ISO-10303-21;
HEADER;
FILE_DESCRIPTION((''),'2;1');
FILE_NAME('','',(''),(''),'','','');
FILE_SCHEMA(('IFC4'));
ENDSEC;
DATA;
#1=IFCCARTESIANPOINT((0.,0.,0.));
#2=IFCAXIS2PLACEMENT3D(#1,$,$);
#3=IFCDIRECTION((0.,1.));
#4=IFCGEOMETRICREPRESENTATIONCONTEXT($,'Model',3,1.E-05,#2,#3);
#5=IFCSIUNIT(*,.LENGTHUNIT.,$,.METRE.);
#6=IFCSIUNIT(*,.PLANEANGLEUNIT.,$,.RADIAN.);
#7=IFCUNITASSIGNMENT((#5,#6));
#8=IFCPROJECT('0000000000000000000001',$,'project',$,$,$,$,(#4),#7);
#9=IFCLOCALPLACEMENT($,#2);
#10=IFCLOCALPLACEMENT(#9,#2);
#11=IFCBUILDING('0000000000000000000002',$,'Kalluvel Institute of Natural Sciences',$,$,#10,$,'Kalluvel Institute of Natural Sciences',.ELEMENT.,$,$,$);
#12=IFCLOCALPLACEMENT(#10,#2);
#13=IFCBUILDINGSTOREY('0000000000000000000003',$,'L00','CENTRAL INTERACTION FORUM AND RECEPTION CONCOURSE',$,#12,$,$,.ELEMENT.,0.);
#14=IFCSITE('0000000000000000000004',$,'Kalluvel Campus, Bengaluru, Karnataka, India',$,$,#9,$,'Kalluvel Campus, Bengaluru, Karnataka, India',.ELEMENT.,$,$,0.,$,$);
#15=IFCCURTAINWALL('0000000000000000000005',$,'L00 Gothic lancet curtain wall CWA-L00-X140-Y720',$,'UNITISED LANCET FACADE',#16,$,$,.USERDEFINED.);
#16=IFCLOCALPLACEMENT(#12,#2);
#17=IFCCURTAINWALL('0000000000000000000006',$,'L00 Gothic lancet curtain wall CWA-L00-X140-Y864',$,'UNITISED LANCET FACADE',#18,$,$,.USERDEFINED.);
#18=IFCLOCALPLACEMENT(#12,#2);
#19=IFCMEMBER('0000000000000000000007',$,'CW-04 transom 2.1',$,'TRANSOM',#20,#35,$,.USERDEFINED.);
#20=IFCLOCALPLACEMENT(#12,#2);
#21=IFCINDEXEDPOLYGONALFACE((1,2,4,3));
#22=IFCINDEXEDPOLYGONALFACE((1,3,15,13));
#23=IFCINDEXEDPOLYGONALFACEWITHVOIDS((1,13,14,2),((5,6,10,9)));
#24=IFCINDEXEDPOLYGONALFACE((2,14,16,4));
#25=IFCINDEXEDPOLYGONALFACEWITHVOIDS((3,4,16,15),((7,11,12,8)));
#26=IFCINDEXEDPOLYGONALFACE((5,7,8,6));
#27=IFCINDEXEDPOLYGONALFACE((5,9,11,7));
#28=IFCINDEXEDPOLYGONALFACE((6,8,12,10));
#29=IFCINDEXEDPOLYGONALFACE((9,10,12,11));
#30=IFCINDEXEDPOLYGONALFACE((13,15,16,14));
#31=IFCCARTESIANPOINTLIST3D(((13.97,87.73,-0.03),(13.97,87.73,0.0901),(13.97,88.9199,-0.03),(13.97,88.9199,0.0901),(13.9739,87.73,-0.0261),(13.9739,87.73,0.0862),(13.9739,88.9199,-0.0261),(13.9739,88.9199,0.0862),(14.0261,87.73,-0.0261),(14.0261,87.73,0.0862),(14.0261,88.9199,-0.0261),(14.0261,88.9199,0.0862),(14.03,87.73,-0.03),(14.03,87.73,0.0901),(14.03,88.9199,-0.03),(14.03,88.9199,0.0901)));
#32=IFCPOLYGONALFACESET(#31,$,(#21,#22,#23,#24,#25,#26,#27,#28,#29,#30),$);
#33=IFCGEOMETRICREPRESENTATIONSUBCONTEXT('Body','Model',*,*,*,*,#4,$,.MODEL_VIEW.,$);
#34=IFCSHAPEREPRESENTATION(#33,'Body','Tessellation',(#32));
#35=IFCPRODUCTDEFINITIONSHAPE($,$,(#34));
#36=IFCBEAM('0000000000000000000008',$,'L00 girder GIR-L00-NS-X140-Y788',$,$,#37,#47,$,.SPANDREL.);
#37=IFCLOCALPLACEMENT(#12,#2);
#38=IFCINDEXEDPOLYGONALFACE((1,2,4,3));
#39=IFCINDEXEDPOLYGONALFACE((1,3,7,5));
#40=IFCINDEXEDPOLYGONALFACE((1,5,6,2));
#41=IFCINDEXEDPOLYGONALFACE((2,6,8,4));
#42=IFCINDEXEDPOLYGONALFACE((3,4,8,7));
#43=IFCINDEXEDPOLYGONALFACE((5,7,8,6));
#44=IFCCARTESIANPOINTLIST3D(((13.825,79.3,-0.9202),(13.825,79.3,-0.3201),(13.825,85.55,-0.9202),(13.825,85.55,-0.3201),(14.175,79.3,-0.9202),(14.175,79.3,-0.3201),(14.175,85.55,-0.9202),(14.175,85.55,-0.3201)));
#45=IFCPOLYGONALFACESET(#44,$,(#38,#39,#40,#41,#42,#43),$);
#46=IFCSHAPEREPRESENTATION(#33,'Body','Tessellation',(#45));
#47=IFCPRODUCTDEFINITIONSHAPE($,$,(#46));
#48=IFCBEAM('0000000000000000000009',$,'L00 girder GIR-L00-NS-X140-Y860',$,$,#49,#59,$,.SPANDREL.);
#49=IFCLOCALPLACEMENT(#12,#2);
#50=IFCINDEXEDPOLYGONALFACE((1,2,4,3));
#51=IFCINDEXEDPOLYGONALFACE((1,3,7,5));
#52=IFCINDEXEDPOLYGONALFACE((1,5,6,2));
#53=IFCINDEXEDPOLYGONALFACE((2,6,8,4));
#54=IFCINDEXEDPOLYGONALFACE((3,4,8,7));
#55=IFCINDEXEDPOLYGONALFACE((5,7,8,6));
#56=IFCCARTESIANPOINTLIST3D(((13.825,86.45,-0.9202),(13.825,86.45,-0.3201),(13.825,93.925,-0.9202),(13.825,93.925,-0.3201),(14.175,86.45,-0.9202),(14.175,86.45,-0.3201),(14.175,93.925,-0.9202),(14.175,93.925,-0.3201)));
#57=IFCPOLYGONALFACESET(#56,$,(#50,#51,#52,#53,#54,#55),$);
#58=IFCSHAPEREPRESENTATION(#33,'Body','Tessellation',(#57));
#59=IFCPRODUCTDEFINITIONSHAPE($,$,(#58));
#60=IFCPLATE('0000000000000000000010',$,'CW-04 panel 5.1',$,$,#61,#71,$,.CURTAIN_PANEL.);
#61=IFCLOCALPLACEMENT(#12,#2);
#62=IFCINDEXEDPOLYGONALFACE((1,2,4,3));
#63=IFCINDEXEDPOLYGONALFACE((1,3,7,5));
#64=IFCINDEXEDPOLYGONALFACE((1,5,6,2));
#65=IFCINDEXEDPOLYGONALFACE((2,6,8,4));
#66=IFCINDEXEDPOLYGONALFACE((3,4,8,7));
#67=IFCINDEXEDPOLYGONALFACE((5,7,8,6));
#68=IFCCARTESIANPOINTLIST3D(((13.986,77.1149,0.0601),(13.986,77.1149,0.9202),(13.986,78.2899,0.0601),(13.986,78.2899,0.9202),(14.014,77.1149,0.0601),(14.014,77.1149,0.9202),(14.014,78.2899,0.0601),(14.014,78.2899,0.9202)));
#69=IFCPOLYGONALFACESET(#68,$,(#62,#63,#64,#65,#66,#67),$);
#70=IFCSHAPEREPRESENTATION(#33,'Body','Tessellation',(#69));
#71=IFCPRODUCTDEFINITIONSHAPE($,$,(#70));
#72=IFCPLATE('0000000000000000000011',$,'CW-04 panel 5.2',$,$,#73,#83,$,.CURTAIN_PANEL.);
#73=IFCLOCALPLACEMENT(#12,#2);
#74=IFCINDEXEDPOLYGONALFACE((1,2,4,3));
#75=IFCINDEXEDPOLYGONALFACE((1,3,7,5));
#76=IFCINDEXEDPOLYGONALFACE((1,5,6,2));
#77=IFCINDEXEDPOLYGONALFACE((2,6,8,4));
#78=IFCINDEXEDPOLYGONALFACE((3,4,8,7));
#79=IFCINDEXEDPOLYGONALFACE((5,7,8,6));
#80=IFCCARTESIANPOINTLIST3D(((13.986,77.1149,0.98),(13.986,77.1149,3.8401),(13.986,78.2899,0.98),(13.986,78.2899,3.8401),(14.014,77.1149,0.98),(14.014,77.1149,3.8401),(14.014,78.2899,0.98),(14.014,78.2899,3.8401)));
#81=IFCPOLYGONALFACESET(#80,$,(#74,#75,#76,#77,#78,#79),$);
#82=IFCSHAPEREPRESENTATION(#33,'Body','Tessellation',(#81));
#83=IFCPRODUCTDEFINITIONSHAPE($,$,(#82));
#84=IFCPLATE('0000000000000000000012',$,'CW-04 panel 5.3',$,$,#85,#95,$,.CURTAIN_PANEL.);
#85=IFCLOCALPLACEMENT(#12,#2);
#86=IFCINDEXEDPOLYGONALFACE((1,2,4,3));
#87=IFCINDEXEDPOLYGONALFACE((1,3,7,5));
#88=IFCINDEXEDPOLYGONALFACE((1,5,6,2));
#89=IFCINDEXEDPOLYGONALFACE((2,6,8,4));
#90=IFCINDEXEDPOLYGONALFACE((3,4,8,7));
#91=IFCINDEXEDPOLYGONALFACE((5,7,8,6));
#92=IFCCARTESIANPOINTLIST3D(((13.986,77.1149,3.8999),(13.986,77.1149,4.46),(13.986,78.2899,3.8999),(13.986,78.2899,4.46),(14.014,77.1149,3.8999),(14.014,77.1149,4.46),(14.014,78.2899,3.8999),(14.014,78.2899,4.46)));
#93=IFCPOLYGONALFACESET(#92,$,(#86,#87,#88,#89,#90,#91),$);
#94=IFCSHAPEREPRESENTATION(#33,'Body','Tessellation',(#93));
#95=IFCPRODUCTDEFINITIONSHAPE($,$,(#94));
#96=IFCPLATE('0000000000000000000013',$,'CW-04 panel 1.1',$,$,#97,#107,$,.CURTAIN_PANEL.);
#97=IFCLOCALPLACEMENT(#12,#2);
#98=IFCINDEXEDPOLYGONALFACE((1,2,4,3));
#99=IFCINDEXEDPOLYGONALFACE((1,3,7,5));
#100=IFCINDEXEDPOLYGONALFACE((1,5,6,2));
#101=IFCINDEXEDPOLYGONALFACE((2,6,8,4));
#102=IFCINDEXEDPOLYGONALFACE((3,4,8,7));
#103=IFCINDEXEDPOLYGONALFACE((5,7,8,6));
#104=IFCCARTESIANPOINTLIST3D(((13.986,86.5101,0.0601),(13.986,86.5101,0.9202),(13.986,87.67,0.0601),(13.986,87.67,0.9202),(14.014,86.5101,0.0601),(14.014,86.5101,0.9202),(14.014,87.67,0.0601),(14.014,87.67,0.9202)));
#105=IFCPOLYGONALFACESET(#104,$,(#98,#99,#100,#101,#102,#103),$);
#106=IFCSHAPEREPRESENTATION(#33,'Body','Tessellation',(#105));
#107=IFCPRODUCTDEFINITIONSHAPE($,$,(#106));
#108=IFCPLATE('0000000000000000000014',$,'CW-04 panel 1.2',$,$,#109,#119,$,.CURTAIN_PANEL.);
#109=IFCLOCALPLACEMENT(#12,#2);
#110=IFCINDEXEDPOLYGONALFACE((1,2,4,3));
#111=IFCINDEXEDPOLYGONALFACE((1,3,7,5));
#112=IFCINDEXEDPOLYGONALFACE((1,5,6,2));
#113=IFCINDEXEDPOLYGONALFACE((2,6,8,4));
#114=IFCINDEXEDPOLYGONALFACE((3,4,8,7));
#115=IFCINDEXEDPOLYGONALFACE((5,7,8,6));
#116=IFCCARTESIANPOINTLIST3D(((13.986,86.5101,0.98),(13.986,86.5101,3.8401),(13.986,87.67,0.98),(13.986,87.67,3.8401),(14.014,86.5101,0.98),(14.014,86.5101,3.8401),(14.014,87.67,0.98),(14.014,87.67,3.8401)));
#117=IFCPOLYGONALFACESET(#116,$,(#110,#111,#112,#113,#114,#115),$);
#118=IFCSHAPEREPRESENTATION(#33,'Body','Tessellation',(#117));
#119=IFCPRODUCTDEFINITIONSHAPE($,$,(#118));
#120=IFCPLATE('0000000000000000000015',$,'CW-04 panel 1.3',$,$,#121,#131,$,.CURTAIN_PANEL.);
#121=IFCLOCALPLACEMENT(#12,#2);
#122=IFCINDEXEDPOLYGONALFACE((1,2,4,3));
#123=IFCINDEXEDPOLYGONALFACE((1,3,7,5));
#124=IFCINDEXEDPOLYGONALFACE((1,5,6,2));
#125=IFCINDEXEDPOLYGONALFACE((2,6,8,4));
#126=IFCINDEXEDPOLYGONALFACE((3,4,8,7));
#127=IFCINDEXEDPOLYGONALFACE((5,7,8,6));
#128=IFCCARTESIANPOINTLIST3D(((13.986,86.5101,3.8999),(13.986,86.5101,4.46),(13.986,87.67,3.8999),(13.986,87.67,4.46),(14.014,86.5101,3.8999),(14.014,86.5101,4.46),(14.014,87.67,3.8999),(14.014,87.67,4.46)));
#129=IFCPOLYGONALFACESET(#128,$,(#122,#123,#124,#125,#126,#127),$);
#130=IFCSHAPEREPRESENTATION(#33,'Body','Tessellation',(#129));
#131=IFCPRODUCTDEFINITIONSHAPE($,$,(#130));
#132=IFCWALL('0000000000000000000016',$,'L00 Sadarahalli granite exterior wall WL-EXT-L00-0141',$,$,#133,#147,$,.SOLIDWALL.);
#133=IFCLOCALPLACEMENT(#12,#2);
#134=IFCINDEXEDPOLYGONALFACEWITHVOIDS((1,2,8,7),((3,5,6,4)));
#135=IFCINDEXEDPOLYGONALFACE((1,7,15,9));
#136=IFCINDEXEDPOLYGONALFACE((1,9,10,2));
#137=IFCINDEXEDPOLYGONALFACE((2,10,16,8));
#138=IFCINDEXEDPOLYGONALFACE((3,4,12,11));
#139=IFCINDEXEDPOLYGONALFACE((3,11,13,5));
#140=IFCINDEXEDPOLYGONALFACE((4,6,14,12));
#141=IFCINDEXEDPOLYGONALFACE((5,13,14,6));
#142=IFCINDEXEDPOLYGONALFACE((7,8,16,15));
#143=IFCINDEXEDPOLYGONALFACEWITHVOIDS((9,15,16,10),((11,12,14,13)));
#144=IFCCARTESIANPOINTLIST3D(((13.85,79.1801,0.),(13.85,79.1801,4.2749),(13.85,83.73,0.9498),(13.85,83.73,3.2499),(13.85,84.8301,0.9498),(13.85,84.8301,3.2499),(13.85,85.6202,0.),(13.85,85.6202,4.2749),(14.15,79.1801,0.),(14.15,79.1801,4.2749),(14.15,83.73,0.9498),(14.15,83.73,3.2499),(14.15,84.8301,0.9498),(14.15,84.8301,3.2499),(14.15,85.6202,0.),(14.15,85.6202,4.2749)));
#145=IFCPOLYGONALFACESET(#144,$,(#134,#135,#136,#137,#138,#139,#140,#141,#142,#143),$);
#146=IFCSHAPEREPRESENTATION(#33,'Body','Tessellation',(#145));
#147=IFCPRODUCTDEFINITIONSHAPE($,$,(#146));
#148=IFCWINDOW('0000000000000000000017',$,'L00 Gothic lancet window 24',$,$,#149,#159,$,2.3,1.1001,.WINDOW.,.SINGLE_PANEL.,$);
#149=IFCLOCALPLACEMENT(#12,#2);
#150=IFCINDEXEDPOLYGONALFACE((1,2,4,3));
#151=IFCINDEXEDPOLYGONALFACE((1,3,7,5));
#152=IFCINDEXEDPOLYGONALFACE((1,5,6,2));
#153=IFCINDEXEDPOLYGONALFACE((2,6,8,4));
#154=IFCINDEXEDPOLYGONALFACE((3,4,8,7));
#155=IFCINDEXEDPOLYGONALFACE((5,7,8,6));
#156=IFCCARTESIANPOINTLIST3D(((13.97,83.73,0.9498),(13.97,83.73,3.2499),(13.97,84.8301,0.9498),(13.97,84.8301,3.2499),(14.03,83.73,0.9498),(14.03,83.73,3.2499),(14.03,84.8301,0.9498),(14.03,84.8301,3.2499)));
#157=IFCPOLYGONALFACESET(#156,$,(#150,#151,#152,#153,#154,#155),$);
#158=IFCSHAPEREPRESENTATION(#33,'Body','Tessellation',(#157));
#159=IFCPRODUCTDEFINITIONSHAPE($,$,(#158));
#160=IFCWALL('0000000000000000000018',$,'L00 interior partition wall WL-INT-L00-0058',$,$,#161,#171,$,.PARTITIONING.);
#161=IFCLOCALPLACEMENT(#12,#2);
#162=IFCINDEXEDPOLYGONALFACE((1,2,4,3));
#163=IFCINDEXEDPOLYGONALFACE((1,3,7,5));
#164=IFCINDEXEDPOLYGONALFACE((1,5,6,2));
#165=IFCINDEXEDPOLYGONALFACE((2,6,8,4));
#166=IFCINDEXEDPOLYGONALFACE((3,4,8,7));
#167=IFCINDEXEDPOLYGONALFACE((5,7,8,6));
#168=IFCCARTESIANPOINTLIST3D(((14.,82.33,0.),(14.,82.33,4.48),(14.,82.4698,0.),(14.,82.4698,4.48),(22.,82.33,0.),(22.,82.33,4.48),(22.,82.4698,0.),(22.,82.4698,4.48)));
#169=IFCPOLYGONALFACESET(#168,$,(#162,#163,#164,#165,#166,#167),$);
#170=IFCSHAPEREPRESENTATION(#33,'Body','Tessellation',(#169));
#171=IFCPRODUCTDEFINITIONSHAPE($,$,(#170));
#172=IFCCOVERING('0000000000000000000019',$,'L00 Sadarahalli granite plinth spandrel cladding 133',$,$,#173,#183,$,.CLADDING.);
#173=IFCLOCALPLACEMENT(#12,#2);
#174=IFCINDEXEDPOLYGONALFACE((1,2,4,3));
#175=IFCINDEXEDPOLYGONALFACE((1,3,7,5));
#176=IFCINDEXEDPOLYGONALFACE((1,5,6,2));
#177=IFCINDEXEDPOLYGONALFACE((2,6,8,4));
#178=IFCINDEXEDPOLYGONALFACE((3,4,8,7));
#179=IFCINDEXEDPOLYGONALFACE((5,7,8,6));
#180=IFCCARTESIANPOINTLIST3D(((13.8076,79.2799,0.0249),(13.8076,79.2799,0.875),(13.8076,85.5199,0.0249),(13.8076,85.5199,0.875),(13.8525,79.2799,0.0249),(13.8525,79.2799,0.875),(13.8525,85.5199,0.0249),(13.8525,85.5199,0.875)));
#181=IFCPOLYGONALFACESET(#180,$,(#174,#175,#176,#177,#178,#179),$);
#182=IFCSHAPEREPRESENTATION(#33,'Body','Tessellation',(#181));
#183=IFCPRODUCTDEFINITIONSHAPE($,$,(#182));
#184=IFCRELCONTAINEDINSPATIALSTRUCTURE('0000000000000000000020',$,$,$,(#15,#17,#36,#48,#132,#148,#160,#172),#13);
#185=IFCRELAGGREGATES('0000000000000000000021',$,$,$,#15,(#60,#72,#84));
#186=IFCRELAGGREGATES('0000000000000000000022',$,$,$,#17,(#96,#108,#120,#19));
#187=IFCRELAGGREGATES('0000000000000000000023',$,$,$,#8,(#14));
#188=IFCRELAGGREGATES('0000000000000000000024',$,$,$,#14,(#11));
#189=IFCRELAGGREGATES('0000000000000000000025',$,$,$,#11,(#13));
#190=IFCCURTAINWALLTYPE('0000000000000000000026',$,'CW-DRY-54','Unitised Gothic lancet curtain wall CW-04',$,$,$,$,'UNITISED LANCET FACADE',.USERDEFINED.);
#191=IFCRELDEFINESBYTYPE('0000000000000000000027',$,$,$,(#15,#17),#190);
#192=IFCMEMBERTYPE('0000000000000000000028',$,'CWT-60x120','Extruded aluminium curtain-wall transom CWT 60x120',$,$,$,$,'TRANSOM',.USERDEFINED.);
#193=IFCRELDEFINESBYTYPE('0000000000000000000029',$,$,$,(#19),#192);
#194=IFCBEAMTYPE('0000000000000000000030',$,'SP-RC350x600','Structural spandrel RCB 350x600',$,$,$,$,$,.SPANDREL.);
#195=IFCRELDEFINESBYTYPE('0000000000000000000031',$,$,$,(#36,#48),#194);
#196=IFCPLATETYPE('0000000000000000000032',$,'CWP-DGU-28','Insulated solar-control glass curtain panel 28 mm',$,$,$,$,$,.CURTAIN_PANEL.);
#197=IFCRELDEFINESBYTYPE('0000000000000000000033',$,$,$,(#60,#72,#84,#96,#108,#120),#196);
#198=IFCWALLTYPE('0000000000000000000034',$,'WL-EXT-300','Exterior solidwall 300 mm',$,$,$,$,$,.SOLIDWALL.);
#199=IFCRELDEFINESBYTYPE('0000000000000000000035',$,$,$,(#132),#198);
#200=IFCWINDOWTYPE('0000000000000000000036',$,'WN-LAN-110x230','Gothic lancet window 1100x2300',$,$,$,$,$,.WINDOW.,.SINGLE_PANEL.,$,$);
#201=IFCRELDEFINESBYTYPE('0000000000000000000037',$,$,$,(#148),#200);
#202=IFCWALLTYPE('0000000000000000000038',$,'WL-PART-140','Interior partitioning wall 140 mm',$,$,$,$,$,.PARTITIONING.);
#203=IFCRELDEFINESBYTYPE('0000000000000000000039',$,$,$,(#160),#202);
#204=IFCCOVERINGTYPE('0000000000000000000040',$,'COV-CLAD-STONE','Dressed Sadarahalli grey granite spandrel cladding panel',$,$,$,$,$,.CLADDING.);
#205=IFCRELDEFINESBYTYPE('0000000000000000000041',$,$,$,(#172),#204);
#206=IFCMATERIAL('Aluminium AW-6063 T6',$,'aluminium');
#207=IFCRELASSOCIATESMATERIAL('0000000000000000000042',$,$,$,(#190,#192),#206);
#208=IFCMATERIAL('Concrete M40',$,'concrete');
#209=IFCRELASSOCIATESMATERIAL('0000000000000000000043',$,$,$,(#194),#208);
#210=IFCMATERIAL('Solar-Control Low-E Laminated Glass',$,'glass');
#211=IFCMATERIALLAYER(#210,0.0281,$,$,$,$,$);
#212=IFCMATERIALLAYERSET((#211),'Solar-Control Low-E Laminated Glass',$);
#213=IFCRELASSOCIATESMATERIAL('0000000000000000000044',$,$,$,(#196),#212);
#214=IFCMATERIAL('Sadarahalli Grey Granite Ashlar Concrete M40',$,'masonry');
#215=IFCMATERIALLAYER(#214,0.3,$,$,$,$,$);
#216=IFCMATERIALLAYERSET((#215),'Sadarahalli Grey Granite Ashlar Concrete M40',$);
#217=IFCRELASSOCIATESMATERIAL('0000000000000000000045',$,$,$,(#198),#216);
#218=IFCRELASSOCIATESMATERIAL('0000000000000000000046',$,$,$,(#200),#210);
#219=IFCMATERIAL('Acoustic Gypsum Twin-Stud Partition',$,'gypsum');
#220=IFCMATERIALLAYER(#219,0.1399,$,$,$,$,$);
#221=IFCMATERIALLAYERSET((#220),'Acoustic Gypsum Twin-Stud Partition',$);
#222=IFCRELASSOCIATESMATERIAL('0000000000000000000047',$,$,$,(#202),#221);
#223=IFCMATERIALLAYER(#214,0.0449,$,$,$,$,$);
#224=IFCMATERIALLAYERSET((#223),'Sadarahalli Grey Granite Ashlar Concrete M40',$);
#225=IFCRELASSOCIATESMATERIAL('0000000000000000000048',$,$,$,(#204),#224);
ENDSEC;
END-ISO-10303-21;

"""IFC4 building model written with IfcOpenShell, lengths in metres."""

from ifc_helpers import new_model, si_unit, direction, frame, frame_2d, origin, origin_2d, place, context, subcontext, project, spatial, rectangle, hollow_rectangle, extrude, material, layer, layer_set, material_profile, profile_set, type_object, element, fill, aggregate, save


model = new_model("IFC4")

# Units and contexts
model_context = context("Model", 3, precision=1e-05, world=origin(), true_north=direction((0.0, 1.0)))
body_context = subcontext(model_context, "Body", "Model", "MODEL_VIEW")
ifc_project = project(units=[si_unit("LENGTHUNIT", "METRE"), si_unit("PLANEANGLEUNIT", "RADIAN")], contexts=[model_context])

# Site, building, storey
site_placement = place(None, origin())
site = spatial("IfcSite", under=ifc_project, at=site_placement, Name="Kalluvel Campus, Bengaluru, Karnataka, India", LongName="Kalluvel Campus, Bengaluru, Karnataka, India", CompositionType="ELEMENT", RefElevation=0.0)
building_placement = place(site_placement, origin())
building = spatial("IfcBuilding", under=site, at=building_placement, Name="Kalluvel Institute of Natural Sciences", LongName="Kalluvel Institute of Natural Sciences", CompositionType="ELEMENT")
storey_placement = place(building_placement, origin())
storey = spatial("IfcBuildingStorey", under=building, at=storey_placement, Name="L00", Description="CENTRAL INTERACTION FORUM AND RECEPTION CONCOURSE", CompositionType="ELEMENT", Elevation=0.0)

# Curtain wall
ifc_material_1 = material(Name="Aluminium AW-6063 T6", Category="aluminium")
curtain_wall_type = type_object("IfcCurtainWallType", Name="CW-DRY-54", Description="Unitised Gothic lancet curtain wall CW-04", ElementType="UNITISED LANCET FACADE", PredefinedType="USERDEFINED", material=ifc_material_1)
curtain_wall_1_placement = place(storey_placement, origin())
curtain_wall_1 = element("IfcCurtainWall", 1, at=curtain_wall_1_placement, inside=storey, type_object=curtain_wall_type, Name="L00 Gothic lancet curtain wall CWA-L00-X140-Y720", ObjectType="UNITISED LANCET FACADE", PredefinedType="USERDEFINED")

# Curtain wall
curtain_wall_2_placement = place(storey_placement, origin())
curtain_wall_2 = element("IfcCurtainWall", 2, at=curtain_wall_2_placement, inside=storey, type_object=curtain_wall_type, Name="L00 Gothic lancet curtain wall CWA-L00-X140-Y864", ObjectType="UNITISED LANCET FACADE", PredefinedType="USERDEFINED")

# Member
ifc_material_profile_1 = material_profile(ifc_material_1, hollow_rectangle(XDim=0.0601, YDim=0.1201, WallThickness=0.0039, at=origin_2d()), Name="CWT 60x120")
ifc_profile_set_1 = profile_set([ifc_material_profile_1], Name="Aluminium AW-6063 T6")
member_type_1 = type_object("IfcMemberType", Name="CWT-60x120", Description="Extruded aluminium curtain-wall transom CWT 60x120", ElementType="TRANSOM", PredefinedType="USERDEFINED", material=ifc_profile_set_1)
member_1_placement = place(storey_placement, frame((14.0, 87.73, 0.03), z_axis=(0.0, 1.0, 0.0), x_axis=(-1.0, 0.0, 0.0)))
member_1 = element("IfcMember", 3, at=member_1_placement, type_object=member_type_1, Name="CW-04 transom 2.1", ObjectType="TRANSOM", PredefinedType="USERDEFINED", context=body_context, shape_type="SweptSolid", body=[
    extrude(hollow_rectangle(XDim=0.0601, YDim=0.1201, WallThickness=0.0039, at=origin_2d()), origin(), (0.0, 0.0, 1.0), 1.1899),
])

# Beams
ifc_material_2 = material(Name="Concrete M40", Category="concrete")
ifc_material_profile_2 = material_profile(ifc_material_2, rectangle(XDim=0.3501, YDim=0.6001, at=origin_2d()), Name="RCB 350x600")
ifc_profile_set_2 = profile_set([ifc_material_profile_2], Name="Concrete M40")
beam_type = type_object("IfcBeamType", Name="SP-RC350x600", Description="Structural spandrel RCB 350x600", PredefinedType="SPANDREL", material=ifc_profile_set_2)
beam_1_placement = place(storey_placement, frame((14.0, 79.3, -0.6201), z_axis=(0.0, 1.0, 0.0), x_axis=(-1.0, 0.0, 0.0)))
element("IfcBeam", 4, at=beam_1_placement, inside=storey, type_object=beam_type, Name="L00 girder GIR-L00-NS-X140-Y788", PredefinedType="SPANDREL", context=body_context, shape_type="SweptSolid", body=[
    extrude(rectangle(XDim=0.3501, YDim=0.6001, at=origin_2d()), origin(), (0.0, 0.0, 1.0), 6.25),
])
beam_2_placement = place(storey_placement, frame((14.0, 86.45, -0.6201), z_axis=(0.0, 1.0, 0.0), x_axis=(-1.0, 0.0, 0.0)))
element("IfcBeam", 5, at=beam_2_placement, inside=storey, type_object=beam_type, Name="L00 girder GIR-L00-NS-X140-Y860", PredefinedType="SPANDREL", context=body_context, shape_type="SweptSolid", body=[
    extrude(rectangle(XDim=0.3501, YDim=0.6001, at=origin_2d()), origin(), (0.0, 0.0, 1.0), 7.4751),
])

# Plates
ifc_material_3 = material(Name="Solar-Control Low-E Laminated Glass", Category="glass")
ifc_layer_1 = layer(ifc_material_3, 0.0281)
ifc_layer_set_1 = layer_set([ifc_layer_1], Name="Solar-Control Low-E Laminated Glass")
plate_type = type_object("IfcPlateType", Name="CWP-DGU-28", Description="Insulated solar-control glass curtain panel 28 mm", PredefinedType="CURTAIN_PANEL", material=ifc_layer_set_1)
plate_1_placement = place(storey_placement, frame((14.0, 77.7024, 0.0601), z_axis=(0.0, 0.0, 1.0), x_axis=(0.0, 1.0, 0.0)))
plate_1 = element("IfcPlate", 6, at=plate_1_placement, type_object=plate_type, Name="CW-04 panel 5.1", PredefinedType="CURTAIN_PANEL", context=body_context, shape_type="SweptSolid", body=[
    extrude(rectangle(XDim=1.175, YDim=0.0281, at=origin_2d()), origin(), (0.0, 0.0, 1.0), 0.8601),
])
plate_2_placement = place(storey_placement, frame((14.0, 77.7024, 0.98), z_axis=(0.0, 0.0, 1.0), x_axis=(0.0, 1.0, 0.0)))
plate_2 = element("IfcPlate", 7, at=plate_2_placement, type_object=plate_type, Name="CW-04 panel 5.2", PredefinedType="CURTAIN_PANEL", context=body_context, shape_type="SweptSolid", body=[
    extrude(rectangle(XDim=1.175, YDim=0.0281, at=origin_2d()), origin(), (0.0, 0.0, 1.0), 2.8601),
])
plate_3_placement = place(storey_placement, frame((14.0, 77.7024, 3.8999), z_axis=(0.0, 0.0, 1.0), x_axis=(0.0, 1.0, 0.0)))
plate_3 = element("IfcPlate", 8, at=plate_3_placement, type_object=plate_type, Name="CW-04 panel 5.3", PredefinedType="CURTAIN_PANEL", context=body_context, shape_type="SweptSolid", body=[
    extrude(rectangle(XDim=1.175, YDim=0.0281, at=origin_2d()), origin(), (0.0, 0.0, 1.0), 0.5601),
])
aggregate(curtain_wall_1, [plate_1, plate_2, plate_3])
plate_4_placement = place(storey_placement, frame((14.0, 87.0901, 0.0601), z_axis=(0.0, 0.0, 1.0), x_axis=(0.0, 1.0, 0.0)))
plate_4 = element("IfcPlate", 9, at=plate_4_placement, type_object=plate_type, Name="CW-04 panel 1.1", PredefinedType="CURTAIN_PANEL", context=body_context, shape_type="SweptSolid", body=[
    extrude(rectangle(XDim=1.1599, YDim=0.0281, at=origin_2d()), origin(), (0.0, 0.0, 1.0), 0.8601),
])
plate_5_placement = place(storey_placement, frame((14.0, 87.0901, 0.98), z_axis=(0.0, 0.0, 1.0), x_axis=(0.0, 1.0, 0.0)))
plate_5 = element("IfcPlate", 10, at=plate_5_placement, type_object=plate_type, Name="CW-04 panel 1.2", PredefinedType="CURTAIN_PANEL", context=body_context, shape_type="SweptSolid", body=[
    extrude(rectangle(XDim=1.1599, YDim=0.0281, at=origin_2d()), origin(), (0.0, 0.0, 1.0), 2.8601),
])
plate_6_placement = place(storey_placement, frame((14.0, 87.0901, 3.8999), z_axis=(0.0, 0.0, 1.0), x_axis=(0.0, 1.0, 0.0)))
plate_6 = element("IfcPlate", 11, at=plate_6_placement, type_object=plate_type, Name="CW-04 panel 1.3", PredefinedType="CURTAIN_PANEL", context=body_context, shape_type="SweptSolid", body=[
    extrude(rectangle(XDim=1.1599, YDim=0.0281, at=origin_2d()), origin(), (0.0, 0.0, 1.0), 0.5601),
])
aggregate(curtain_wall_2, [plate_4, plate_5, plate_6, member_1])

# Wall, opening, window
ifc_material_4 = material(Name="Sadarahalli Grey Granite Ashlar Concrete M40", Category="masonry")
ifc_layer_2 = layer(ifc_material_4, 0.3)
ifc_layer_set_2 = layer_set([ifc_layer_2], Name="Sadarahalli Grey Granite Ashlar Concrete M40")
wall_type_1 = type_object("IfcWallType", Name="WL-EXT-300", Description="Exterior solidwall 300 mm", PredefinedType="SOLIDWALL", material=ifc_layer_set_2)
wall_1_placement = place(storey_placement, frame((14.0, 79.1799, 0.0), z_axis=(0.0, 0.0, 1.0), x_axis=(0.0, 1.0, 0.0)))
wall_1 = element("IfcWall", 12, at=wall_1_placement, inside=storey, type_object=wall_type_1, Name="L00 Sadarahalli granite exterior wall WL-EXT-L00-0141", PredefinedType="SOLIDWALL", context=body_context, shape_type="SweptSolid", body=[
    extrude(rectangle(XDim=6.4402, YDim=0.3, at=frame_2d((3.2202, 0.0))), origin(), (0.0, 0.0, 1.0), 4.2749),
])
opening_placement = place(wall_1_placement, frame((4.55, 0.0, 0.95)))
opening = element("IfcOpeningElement", 13, at=opening_placement, cuts=wall_1, PredefinedType="OPENING", context=body_context, shape_type="SweptSolid", body=[
    extrude(rectangle(XDim=1.1001, YDim=2.3, at=frame_2d((0.55, 1.1499))), frame((0.0, 0.1599, 0.0), z_axis=(0.0, -1.0, 0.0), x_axis=(1.0, 0.0, 0.0)), (0.0, 0.0, 1.0), 0.3201),
])
window_type = type_object("IfcWindowType", Name="WN-LAN-110x230", Description="Gothic lancet window 1100x2300", PartitioningType="SINGLE_PANEL", PredefinedType="WINDOW", material=ifc_material_3)
window_placement = place(opening_placement, origin())
window = element("IfcWindow", 14, at=window_placement, inside=storey, type_object=window_type, Name="L00 Gothic lancet window 24", OverallHeight=2.3, OverallWidth=1.1001, PartitioningType="SINGLE_PANEL", PredefinedType="WINDOW", context=body_context, shape_type="SweptSolid", body=[
    extrude(rectangle(XDim=1.1001, YDim=2.3, at=frame_2d((0.55, 1.1499))), frame((0.0, 0.03, 0.0), z_axis=(0.0, -1.0, 0.0), x_axis=(1.0, 0.0, 0.0)), (0.0, 0.0, 1.0), 0.0601),
])
fill(opening, window)

# Wall
ifc_material_5 = material(Name="Acoustic Gypsum Twin-Stud Partition", Category="gypsum")
ifc_layer_3 = layer(ifc_material_5, 0.1399)
ifc_layer_set_3 = layer_set([ifc_layer_3], Name="Acoustic Gypsum Twin-Stud Partition")
wall_type_2 = type_object("IfcWallType", Name="WL-PART-140", Description="Interior partitioning wall 140 mm", PredefinedType="PARTITIONING", material=ifc_layer_set_3)
wall_2_placement = place(storey_placement, frame((14.0, 82.3999, 0.0), z_axis=(0.0, 0.0, 1.0), x_axis=(1.0, 0.0, 0.0)))
element("IfcWall", 15, at=wall_2_placement, inside=storey, type_object=wall_type_2, Name="L00 interior partition wall WL-INT-L00-0058", PredefinedType="PARTITIONING", context=body_context, shape_type="SweptSolid", body=[
    extrude(rectangle(XDim=8.0, YDim=0.1399, at=frame_2d((4.0, 0.0))), origin(), (0.0, 0.0, 1.0), 4.48),
])

# Covering
ifc_layer_4 = layer(ifc_material_4, 0.0449)
ifc_layer_set_4 = layer_set([ifc_layer_4], Name="Sadarahalli Grey Granite Ashlar Concrete M40")
covering_type = type_object("IfcCoveringType", Name="COV-CLAD-STONE", Description="Dressed Sadarahalli grey granite spandrel cladding panel", PredefinedType="CLADDING", material=ifc_layer_set_4)
covering_placement = place(storey_placement, frame((13.8301, 82.3999, 0.0249), z_axis=(0.0, 0.0, 1.0), x_axis=(0.0, 1.0, 0.0)))
element("IfcCovering", 16, at=covering_placement, inside=storey, type_object=covering_type, Name="L00 Sadarahalli granite plinth spandrel cladding 133", PredefinedType="CLADDING", context=body_context, shape_type="SweptSolid", body=[
    extrude(rectangle(XDim=6.24, YDim=0.0449, at=origin_2d()), origin(), (0.0, 0.0, 1.0), 0.8501),
])

save(model, "model.ifc")
